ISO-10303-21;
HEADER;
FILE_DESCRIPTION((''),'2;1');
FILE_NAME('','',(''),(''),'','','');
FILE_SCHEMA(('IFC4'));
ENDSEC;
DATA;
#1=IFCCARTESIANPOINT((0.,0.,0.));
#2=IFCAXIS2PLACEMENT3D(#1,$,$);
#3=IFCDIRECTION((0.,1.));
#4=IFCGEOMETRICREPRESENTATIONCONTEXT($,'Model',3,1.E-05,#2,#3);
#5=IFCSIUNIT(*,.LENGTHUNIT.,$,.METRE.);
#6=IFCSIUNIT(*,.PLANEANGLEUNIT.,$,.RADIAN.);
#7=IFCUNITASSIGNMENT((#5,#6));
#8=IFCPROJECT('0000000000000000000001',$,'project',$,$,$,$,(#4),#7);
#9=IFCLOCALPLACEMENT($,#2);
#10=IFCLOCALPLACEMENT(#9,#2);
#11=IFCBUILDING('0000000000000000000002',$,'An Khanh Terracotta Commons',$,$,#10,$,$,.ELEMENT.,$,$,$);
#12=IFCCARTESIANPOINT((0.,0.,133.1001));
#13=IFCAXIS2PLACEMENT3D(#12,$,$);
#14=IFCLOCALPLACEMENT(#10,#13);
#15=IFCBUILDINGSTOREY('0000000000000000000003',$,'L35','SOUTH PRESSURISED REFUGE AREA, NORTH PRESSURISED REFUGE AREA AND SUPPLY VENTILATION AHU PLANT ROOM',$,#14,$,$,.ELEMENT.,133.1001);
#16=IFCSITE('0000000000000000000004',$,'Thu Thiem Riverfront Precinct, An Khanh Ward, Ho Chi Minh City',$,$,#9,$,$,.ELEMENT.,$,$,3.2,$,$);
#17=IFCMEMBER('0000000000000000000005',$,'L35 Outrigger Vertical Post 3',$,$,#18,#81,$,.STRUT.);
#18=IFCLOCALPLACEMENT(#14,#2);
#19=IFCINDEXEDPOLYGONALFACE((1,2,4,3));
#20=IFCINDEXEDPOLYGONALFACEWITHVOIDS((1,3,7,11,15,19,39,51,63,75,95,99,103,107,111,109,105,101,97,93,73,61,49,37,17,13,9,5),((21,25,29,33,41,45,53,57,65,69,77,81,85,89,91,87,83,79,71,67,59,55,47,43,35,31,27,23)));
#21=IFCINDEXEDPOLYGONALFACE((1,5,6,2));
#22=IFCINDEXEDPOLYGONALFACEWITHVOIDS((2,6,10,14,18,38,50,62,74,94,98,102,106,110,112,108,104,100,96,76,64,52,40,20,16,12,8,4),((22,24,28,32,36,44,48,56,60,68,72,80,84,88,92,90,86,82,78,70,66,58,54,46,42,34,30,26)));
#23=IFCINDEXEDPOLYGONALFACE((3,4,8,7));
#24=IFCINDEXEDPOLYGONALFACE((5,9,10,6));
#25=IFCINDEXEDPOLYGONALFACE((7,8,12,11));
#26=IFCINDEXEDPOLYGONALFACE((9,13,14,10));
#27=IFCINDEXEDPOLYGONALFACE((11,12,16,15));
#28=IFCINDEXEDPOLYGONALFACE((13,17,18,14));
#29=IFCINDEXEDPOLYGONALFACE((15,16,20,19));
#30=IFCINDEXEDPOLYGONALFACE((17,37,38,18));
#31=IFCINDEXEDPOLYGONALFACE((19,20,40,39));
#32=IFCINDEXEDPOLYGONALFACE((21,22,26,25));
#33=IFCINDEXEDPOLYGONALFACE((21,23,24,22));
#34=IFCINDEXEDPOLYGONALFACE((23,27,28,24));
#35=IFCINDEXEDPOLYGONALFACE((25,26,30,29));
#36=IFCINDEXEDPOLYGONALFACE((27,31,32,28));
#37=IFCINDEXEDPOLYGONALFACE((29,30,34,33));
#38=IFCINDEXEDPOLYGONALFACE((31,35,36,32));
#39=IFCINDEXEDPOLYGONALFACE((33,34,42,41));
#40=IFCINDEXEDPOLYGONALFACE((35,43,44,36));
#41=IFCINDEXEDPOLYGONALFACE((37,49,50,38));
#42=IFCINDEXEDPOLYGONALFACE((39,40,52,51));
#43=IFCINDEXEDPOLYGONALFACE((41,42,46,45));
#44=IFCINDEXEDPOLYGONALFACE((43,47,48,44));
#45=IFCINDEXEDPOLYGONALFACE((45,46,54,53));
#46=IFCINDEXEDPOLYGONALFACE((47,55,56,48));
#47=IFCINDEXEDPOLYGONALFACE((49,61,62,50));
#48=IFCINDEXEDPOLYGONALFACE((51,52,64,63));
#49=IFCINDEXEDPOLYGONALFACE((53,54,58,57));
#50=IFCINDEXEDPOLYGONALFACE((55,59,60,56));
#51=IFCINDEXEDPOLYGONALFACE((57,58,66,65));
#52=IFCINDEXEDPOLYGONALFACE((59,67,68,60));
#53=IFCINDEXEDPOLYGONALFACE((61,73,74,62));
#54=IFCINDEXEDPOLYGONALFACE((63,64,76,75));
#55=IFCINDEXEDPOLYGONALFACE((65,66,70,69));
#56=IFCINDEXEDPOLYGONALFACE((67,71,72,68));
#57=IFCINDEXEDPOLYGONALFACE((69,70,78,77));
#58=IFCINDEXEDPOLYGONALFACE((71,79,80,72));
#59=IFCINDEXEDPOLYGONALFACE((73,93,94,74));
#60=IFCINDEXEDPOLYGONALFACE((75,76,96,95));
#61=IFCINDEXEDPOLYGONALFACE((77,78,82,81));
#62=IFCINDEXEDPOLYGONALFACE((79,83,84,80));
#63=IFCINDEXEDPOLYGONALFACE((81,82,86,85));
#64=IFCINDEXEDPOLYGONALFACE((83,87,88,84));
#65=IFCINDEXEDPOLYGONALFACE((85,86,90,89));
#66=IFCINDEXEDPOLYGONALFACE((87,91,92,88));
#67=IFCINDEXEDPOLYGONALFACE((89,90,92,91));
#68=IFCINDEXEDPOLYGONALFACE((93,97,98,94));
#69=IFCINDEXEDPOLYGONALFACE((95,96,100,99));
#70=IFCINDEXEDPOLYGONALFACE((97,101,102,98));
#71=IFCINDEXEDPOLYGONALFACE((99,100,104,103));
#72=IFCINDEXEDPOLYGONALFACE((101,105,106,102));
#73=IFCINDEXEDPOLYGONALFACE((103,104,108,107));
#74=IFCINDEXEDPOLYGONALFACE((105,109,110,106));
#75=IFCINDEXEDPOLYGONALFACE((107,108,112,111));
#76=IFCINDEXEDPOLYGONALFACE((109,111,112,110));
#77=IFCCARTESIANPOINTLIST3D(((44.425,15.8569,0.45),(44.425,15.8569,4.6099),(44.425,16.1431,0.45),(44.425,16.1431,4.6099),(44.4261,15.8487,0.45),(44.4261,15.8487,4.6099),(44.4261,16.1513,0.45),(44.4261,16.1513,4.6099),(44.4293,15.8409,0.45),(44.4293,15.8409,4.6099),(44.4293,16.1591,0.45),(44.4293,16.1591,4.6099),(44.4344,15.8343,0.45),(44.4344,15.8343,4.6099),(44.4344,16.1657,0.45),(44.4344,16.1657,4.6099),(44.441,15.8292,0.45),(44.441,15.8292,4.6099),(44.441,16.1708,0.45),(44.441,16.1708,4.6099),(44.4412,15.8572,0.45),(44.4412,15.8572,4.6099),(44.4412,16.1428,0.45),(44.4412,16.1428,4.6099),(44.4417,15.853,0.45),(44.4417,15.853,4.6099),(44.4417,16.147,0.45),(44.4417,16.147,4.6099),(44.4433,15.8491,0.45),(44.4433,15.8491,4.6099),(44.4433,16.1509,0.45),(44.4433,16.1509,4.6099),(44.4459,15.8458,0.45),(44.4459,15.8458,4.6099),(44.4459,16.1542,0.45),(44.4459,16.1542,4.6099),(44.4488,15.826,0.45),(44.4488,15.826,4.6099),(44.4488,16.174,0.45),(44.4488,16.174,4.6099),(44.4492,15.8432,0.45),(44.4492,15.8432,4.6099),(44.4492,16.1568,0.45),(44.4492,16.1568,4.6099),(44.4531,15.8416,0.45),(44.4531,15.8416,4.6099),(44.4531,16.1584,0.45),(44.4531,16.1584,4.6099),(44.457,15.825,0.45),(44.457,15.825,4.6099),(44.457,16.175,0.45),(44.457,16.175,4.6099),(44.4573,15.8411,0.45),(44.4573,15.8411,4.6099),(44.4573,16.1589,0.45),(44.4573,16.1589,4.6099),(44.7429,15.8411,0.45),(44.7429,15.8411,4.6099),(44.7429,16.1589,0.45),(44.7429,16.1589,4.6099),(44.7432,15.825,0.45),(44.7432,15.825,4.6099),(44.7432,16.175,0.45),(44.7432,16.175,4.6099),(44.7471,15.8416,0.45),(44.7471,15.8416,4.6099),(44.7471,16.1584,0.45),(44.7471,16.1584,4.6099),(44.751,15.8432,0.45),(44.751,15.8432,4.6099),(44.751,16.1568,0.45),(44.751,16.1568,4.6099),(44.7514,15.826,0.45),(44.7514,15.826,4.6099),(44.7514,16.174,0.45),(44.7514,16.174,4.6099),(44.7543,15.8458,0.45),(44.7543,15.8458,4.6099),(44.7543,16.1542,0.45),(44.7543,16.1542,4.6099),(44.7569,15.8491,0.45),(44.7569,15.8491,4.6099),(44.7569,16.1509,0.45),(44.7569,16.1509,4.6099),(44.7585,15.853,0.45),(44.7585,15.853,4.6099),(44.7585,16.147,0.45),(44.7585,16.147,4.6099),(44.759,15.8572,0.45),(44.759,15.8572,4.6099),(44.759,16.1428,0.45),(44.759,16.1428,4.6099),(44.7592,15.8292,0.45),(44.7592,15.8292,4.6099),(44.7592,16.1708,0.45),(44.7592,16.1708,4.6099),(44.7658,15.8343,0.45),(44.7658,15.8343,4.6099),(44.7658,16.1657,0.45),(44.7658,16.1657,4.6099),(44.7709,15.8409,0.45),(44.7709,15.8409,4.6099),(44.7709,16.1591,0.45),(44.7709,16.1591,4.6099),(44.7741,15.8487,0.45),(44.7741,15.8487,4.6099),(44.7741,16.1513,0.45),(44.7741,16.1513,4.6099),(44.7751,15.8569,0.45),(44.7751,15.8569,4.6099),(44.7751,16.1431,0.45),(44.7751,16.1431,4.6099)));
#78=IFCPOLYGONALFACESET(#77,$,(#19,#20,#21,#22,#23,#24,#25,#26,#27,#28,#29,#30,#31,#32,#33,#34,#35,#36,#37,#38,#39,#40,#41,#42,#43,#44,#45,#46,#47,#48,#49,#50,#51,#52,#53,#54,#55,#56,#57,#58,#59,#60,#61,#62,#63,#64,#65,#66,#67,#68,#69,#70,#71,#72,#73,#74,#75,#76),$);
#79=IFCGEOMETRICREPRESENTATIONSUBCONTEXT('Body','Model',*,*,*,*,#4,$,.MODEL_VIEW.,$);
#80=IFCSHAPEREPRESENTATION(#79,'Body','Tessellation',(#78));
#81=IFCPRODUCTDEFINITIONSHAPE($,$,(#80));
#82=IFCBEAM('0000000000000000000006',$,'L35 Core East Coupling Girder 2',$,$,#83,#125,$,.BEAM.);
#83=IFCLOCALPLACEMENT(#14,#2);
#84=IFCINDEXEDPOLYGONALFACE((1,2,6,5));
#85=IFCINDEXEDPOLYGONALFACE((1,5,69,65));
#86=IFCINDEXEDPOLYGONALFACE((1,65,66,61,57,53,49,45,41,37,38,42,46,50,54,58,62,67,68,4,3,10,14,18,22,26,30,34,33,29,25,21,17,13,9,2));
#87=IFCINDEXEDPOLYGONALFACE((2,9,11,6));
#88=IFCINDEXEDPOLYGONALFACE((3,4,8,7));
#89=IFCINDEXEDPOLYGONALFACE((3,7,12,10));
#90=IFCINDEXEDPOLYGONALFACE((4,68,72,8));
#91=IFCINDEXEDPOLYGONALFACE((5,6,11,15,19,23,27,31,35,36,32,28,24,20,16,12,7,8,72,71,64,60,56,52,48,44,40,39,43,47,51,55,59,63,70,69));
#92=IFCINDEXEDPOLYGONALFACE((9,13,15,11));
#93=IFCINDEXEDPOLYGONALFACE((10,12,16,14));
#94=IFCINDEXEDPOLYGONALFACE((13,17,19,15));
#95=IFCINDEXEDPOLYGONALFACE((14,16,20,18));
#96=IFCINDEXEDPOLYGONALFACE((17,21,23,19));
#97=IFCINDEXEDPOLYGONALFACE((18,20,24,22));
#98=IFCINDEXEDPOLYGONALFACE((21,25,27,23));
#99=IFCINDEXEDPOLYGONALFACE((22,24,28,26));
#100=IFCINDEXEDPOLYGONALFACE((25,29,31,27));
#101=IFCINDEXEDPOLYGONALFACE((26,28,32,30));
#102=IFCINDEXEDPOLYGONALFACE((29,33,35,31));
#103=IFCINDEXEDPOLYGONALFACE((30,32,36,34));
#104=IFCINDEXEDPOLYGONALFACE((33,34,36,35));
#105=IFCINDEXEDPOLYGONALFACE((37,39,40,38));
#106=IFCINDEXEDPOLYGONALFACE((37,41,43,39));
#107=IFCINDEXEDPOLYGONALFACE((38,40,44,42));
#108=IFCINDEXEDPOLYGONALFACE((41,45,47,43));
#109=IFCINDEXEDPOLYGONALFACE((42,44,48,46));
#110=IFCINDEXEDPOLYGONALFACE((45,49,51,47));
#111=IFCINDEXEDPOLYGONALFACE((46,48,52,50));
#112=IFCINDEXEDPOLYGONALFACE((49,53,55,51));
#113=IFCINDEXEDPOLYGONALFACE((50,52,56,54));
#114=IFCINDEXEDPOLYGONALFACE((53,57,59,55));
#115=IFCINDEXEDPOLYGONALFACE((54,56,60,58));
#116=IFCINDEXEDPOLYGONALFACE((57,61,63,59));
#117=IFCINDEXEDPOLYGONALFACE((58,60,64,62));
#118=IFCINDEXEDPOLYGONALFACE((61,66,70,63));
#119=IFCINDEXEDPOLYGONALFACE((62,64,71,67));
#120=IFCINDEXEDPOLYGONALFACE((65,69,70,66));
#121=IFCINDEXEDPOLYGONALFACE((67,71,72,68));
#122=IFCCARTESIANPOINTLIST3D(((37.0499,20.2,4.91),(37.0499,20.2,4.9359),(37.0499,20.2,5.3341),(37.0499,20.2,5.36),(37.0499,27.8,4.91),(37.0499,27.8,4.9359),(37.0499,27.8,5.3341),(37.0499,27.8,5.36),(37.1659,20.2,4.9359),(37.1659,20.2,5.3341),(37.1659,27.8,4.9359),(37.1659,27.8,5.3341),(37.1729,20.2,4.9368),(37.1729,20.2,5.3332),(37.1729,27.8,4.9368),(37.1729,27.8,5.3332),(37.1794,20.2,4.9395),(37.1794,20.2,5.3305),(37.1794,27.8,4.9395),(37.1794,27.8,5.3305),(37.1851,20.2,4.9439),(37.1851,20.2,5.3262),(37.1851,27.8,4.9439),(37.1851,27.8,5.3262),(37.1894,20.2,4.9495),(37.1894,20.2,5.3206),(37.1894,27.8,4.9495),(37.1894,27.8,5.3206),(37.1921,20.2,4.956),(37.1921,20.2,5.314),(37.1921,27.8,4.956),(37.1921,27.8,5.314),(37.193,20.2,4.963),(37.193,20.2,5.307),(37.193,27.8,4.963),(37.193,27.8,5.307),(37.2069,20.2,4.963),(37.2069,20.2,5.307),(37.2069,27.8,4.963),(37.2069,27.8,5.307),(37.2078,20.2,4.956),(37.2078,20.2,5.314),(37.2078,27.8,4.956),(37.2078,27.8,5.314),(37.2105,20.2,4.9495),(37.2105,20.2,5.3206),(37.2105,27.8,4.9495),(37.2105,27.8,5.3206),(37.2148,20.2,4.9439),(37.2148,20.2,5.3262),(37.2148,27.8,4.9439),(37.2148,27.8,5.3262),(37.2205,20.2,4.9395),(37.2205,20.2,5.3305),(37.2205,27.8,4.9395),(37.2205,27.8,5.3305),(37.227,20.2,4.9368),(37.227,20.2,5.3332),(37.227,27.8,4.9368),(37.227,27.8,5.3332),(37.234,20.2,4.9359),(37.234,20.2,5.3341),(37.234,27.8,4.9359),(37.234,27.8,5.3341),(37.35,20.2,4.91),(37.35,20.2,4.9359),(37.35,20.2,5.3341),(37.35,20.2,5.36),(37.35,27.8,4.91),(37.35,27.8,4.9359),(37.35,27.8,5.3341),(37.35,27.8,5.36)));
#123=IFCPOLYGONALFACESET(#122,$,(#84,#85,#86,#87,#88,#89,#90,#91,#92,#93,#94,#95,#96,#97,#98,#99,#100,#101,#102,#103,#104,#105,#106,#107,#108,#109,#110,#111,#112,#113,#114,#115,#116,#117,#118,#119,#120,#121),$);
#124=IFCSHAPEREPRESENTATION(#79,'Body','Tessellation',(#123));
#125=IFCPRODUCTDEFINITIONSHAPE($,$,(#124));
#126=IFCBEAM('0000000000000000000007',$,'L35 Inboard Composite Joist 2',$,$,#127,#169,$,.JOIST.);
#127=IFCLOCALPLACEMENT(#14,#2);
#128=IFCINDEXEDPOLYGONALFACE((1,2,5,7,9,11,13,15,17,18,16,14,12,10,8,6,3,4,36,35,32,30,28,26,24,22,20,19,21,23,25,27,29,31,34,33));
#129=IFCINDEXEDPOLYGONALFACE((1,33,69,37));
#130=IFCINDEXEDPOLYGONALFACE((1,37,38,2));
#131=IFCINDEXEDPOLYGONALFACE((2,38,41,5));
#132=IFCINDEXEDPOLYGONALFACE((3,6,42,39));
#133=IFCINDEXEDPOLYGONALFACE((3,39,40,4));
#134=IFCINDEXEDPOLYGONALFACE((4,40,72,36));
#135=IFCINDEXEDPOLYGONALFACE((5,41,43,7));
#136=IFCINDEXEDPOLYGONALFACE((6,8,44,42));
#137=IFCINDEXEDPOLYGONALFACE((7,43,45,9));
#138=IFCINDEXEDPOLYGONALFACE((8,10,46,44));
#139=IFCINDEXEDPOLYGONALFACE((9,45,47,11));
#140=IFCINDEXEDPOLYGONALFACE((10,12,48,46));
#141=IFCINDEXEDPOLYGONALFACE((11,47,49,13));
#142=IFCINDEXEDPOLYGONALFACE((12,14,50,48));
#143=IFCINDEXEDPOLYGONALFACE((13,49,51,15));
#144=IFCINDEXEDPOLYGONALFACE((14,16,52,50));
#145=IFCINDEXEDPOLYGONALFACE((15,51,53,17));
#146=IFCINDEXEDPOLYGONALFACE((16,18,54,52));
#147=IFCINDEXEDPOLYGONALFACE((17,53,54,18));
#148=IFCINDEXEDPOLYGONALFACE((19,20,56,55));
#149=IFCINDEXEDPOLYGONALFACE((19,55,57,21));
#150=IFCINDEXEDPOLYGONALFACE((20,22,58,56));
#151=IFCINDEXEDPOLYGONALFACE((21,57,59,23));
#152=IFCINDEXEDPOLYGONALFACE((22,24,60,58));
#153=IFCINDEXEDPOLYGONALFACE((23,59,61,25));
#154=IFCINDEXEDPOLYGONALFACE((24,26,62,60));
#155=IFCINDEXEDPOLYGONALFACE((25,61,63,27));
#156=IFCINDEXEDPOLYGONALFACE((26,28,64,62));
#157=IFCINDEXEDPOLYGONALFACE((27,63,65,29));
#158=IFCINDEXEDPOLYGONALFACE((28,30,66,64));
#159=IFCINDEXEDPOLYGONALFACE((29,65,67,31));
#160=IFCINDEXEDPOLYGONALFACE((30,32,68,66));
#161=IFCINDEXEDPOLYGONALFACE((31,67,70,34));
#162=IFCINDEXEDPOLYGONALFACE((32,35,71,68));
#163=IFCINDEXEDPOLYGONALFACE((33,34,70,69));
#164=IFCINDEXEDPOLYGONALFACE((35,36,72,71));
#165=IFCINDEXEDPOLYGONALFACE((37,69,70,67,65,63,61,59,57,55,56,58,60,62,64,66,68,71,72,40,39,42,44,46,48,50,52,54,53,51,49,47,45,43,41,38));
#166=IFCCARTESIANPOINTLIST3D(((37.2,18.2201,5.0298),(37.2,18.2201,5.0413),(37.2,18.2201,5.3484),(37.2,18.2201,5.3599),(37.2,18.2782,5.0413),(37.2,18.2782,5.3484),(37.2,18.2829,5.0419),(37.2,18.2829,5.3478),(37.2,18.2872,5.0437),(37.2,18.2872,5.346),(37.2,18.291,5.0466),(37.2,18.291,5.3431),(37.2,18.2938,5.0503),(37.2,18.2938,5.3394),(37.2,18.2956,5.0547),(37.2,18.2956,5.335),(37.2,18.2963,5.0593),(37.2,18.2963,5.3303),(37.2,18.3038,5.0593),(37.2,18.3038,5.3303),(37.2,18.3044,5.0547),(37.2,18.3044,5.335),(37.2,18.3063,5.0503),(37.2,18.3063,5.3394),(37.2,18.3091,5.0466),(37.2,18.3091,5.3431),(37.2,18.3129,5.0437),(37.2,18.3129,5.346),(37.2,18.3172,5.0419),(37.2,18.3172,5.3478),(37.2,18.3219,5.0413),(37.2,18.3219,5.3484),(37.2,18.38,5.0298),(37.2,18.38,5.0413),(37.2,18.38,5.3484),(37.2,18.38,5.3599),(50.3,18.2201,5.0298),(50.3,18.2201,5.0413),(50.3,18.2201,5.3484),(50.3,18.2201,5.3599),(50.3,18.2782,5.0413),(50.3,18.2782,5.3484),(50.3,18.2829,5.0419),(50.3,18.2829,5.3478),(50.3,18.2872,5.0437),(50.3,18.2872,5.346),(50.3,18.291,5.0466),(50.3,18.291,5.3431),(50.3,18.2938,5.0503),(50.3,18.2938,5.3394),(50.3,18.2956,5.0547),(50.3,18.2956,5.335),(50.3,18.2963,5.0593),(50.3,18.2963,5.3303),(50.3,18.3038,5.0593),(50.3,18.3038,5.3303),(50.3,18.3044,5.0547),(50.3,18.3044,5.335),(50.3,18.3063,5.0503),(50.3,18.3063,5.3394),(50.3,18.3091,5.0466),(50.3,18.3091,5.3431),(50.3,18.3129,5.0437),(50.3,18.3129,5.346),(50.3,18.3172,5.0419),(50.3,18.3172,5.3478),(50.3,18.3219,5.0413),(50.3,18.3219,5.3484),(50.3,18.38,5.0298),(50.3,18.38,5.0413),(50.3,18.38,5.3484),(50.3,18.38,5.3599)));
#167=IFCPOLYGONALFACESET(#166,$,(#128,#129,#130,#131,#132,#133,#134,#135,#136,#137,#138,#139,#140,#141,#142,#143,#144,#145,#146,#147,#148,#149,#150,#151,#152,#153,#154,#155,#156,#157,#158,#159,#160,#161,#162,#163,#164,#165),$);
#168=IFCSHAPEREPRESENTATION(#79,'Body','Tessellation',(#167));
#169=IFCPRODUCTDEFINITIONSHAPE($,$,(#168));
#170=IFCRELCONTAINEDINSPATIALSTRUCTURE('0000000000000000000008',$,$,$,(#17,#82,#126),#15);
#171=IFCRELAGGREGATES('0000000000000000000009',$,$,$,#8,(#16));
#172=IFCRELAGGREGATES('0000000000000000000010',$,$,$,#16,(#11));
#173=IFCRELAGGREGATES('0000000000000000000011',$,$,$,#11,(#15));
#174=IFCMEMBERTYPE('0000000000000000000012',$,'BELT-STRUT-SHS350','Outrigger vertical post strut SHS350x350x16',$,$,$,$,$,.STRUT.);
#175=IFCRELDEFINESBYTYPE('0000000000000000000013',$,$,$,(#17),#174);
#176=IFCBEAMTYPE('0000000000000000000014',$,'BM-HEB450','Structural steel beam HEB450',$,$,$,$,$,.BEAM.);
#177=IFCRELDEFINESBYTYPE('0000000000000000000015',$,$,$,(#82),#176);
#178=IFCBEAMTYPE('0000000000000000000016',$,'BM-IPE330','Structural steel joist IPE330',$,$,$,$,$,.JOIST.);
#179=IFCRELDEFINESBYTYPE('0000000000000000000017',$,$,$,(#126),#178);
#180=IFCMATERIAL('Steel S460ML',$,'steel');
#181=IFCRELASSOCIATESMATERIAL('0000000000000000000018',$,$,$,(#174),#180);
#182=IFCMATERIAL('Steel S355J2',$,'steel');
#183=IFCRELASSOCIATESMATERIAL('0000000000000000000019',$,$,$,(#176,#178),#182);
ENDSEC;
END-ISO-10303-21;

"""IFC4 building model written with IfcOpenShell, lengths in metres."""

from ifc_helpers import new_model, si_unit, direction, frame, origin, origin_2d, place, context, subcontext, project, spatial, hollow_rectangle, i_section, extrude, material, material_profile, profile_set, type_object, element, save


model = new_model("IFC4")

# Units and contexts
model_context = context("Model", 3, precision=1e-05, world=origin(), true_north=direction((0.0, 1.0)))
body_context = subcontext(model_context, "Body", "Model", "MODEL_VIEW")
ifc_project = project(units=[si_unit("LENGTHUNIT", "METRE"), si_unit("PLANEANGLEUNIT", "RADIAN")], contexts=[model_context])

# Site, building, storey
site_placement = place(None, origin())
site = spatial("IfcSite", under=ifc_project, at=site_placement, Name="Thu Thiem Riverfront Precinct, An Khanh Ward, Ho Chi Minh City", CompositionType="ELEMENT", RefElevation=3.2)
building_placement = place(site_placement, origin())
building = spatial("IfcBuilding", under=site, at=building_placement, Name="An Khanh Terracotta Commons", CompositionType="ELEMENT")
storey_placement = place(building_placement, frame((0.0, 0.0, 133.1001)))
storey = spatial("IfcBuildingStorey", under=building, at=storey_placement, Name="L35", Description="SOUTH PRESSURISED REFUGE AREA, NORTH PRESSURISED REFUGE AREA AND SUPPLY VENTILATION AHU PLANT ROOM", CompositionType="ELEMENT", Elevation=133.1001)

# Member
ifc_material_1 = material(Name="Steel S460ML", Category="steel")
ifc_material_profile_1 = material_profile(ifc_material_1, hollow_rectangle(XDim=0.3501, YDim=0.3501, WallThickness=0.0161, InnerFilletRadius=0.0161, OuterFilletRadius=0.032, at=origin_2d()), Name="SHS350x350x16")
ifc_profile_set_1 = profile_set([ifc_material_profile_1], Name="Steel S460ML")
member_type_1 = type_object("IfcMemberType", Name="BELT-STRUT-SHS350", Description="Outrigger vertical post strut SHS350x350x16", PredefinedType="STRUT", material=ifc_profile_set_1)
member_1_placement = place(storey_placement, frame((44.6001, 16.0, 0.45), z_axis=(0.0, 0.0, 1.0), x_axis=(1.0, 0.0, 0.0)))
element("IfcMember", 1, at=member_1_placement, inside=storey, type_object=member_type_1, Name="L35 Outrigger Vertical Post 3", PredefinedType="STRUT", context=body_context, shape_type="SweptSolid", body=[
    extrude(hollow_rectangle(XDim=0.3501, YDim=0.3501, WallThickness=0.0161, InnerFilletRadius=0.0161, OuterFilletRadius=0.032, at=origin_2d()), origin(), (0.0, 0.0, 1.0), 4.1599),
])

# Beams
ifc_material_2 = material(Name="Steel S355J2", Category="steel")
ifc_material_profile_2 = material_profile(ifc_material_2, i_section(OverallWidth=0.3, OverallDepth=0.45, WebThickness=0.0139, FlangeThickness=0.0259, FilletRadius=0.0271, at=origin_2d()), Name="HEB450")
ifc_profile_set_2 = profile_set([ifc_material_profile_2], Name="Steel S355J2")
beam_type_1 = type_object("IfcBeamType", Name="BM-HEB450", Description="Structural steel beam HEB450", PredefinedType="BEAM", material=ifc_profile_set_2)
beam_1_placement = place(storey_placement, frame((37.2, 20.2, 5.135), z_axis=(0.0, 1.0, 0.0), x_axis=(-1.0, 0.0, 0.0)))
element("IfcBeam", 2, at=beam_1_placement, inside=storey, type_object=beam_type_1, Name="L35 Core East Coupling Girder 2", PredefinedType="BEAM", context=body_context, shape_type="SweptSolid", body=[
    extrude(i_section(OverallWidth=0.3, OverallDepth=0.45, WebThickness=0.0139, FlangeThickness=0.0259, FilletRadius=0.0271, at=origin_2d()), origin(), (0.0, 0.0, 1.0), 7.6001),
])
ifc_material_profile_3 = material_profile(ifc_material_2, i_section(OverallWidth=0.1599, OverallDepth=0.3301, WebThickness=0.0076, FlangeThickness=0.0115, FilletRadius=0.0181, at=origin_2d()), Name="IPE330")
ifc_profile_set_3 = profile_set([ifc_material_profile_3], Name="Steel S355J2")
beam_type_2 = type_object("IfcBeamType", Name="BM-IPE330", Description="Structural steel joist IPE330", PredefinedType="JOIST", material=ifc_profile_set_3)
for number, where, z_axis, x_axis, name in (
    (3, (37.2, 18.3, 5.1948), (1.0, 0.0, 0.0), (0.0, 1.0, 0.0), "L35 Inboard Composite Joist 2"),
):
    element("IfcBeam", number, at=place(storey_placement, frame(where, z_axis=z_axis, x_axis=x_axis)), inside=storey, type_object=beam_type_2, Name=name, PredefinedType="JOIST", context=body_context, shape_type="SweptSolid", body=[
        extrude(i_section(OverallWidth=0.1599, OverallDepth=0.3301, WebThickness=0.0076, FlangeThickness=0.0115, FilletRadius=0.0181, at=origin_2d()), origin(), (0.0, 0.0, 1.0), 13.1001),
    ])

save(model, "model.ifc")
